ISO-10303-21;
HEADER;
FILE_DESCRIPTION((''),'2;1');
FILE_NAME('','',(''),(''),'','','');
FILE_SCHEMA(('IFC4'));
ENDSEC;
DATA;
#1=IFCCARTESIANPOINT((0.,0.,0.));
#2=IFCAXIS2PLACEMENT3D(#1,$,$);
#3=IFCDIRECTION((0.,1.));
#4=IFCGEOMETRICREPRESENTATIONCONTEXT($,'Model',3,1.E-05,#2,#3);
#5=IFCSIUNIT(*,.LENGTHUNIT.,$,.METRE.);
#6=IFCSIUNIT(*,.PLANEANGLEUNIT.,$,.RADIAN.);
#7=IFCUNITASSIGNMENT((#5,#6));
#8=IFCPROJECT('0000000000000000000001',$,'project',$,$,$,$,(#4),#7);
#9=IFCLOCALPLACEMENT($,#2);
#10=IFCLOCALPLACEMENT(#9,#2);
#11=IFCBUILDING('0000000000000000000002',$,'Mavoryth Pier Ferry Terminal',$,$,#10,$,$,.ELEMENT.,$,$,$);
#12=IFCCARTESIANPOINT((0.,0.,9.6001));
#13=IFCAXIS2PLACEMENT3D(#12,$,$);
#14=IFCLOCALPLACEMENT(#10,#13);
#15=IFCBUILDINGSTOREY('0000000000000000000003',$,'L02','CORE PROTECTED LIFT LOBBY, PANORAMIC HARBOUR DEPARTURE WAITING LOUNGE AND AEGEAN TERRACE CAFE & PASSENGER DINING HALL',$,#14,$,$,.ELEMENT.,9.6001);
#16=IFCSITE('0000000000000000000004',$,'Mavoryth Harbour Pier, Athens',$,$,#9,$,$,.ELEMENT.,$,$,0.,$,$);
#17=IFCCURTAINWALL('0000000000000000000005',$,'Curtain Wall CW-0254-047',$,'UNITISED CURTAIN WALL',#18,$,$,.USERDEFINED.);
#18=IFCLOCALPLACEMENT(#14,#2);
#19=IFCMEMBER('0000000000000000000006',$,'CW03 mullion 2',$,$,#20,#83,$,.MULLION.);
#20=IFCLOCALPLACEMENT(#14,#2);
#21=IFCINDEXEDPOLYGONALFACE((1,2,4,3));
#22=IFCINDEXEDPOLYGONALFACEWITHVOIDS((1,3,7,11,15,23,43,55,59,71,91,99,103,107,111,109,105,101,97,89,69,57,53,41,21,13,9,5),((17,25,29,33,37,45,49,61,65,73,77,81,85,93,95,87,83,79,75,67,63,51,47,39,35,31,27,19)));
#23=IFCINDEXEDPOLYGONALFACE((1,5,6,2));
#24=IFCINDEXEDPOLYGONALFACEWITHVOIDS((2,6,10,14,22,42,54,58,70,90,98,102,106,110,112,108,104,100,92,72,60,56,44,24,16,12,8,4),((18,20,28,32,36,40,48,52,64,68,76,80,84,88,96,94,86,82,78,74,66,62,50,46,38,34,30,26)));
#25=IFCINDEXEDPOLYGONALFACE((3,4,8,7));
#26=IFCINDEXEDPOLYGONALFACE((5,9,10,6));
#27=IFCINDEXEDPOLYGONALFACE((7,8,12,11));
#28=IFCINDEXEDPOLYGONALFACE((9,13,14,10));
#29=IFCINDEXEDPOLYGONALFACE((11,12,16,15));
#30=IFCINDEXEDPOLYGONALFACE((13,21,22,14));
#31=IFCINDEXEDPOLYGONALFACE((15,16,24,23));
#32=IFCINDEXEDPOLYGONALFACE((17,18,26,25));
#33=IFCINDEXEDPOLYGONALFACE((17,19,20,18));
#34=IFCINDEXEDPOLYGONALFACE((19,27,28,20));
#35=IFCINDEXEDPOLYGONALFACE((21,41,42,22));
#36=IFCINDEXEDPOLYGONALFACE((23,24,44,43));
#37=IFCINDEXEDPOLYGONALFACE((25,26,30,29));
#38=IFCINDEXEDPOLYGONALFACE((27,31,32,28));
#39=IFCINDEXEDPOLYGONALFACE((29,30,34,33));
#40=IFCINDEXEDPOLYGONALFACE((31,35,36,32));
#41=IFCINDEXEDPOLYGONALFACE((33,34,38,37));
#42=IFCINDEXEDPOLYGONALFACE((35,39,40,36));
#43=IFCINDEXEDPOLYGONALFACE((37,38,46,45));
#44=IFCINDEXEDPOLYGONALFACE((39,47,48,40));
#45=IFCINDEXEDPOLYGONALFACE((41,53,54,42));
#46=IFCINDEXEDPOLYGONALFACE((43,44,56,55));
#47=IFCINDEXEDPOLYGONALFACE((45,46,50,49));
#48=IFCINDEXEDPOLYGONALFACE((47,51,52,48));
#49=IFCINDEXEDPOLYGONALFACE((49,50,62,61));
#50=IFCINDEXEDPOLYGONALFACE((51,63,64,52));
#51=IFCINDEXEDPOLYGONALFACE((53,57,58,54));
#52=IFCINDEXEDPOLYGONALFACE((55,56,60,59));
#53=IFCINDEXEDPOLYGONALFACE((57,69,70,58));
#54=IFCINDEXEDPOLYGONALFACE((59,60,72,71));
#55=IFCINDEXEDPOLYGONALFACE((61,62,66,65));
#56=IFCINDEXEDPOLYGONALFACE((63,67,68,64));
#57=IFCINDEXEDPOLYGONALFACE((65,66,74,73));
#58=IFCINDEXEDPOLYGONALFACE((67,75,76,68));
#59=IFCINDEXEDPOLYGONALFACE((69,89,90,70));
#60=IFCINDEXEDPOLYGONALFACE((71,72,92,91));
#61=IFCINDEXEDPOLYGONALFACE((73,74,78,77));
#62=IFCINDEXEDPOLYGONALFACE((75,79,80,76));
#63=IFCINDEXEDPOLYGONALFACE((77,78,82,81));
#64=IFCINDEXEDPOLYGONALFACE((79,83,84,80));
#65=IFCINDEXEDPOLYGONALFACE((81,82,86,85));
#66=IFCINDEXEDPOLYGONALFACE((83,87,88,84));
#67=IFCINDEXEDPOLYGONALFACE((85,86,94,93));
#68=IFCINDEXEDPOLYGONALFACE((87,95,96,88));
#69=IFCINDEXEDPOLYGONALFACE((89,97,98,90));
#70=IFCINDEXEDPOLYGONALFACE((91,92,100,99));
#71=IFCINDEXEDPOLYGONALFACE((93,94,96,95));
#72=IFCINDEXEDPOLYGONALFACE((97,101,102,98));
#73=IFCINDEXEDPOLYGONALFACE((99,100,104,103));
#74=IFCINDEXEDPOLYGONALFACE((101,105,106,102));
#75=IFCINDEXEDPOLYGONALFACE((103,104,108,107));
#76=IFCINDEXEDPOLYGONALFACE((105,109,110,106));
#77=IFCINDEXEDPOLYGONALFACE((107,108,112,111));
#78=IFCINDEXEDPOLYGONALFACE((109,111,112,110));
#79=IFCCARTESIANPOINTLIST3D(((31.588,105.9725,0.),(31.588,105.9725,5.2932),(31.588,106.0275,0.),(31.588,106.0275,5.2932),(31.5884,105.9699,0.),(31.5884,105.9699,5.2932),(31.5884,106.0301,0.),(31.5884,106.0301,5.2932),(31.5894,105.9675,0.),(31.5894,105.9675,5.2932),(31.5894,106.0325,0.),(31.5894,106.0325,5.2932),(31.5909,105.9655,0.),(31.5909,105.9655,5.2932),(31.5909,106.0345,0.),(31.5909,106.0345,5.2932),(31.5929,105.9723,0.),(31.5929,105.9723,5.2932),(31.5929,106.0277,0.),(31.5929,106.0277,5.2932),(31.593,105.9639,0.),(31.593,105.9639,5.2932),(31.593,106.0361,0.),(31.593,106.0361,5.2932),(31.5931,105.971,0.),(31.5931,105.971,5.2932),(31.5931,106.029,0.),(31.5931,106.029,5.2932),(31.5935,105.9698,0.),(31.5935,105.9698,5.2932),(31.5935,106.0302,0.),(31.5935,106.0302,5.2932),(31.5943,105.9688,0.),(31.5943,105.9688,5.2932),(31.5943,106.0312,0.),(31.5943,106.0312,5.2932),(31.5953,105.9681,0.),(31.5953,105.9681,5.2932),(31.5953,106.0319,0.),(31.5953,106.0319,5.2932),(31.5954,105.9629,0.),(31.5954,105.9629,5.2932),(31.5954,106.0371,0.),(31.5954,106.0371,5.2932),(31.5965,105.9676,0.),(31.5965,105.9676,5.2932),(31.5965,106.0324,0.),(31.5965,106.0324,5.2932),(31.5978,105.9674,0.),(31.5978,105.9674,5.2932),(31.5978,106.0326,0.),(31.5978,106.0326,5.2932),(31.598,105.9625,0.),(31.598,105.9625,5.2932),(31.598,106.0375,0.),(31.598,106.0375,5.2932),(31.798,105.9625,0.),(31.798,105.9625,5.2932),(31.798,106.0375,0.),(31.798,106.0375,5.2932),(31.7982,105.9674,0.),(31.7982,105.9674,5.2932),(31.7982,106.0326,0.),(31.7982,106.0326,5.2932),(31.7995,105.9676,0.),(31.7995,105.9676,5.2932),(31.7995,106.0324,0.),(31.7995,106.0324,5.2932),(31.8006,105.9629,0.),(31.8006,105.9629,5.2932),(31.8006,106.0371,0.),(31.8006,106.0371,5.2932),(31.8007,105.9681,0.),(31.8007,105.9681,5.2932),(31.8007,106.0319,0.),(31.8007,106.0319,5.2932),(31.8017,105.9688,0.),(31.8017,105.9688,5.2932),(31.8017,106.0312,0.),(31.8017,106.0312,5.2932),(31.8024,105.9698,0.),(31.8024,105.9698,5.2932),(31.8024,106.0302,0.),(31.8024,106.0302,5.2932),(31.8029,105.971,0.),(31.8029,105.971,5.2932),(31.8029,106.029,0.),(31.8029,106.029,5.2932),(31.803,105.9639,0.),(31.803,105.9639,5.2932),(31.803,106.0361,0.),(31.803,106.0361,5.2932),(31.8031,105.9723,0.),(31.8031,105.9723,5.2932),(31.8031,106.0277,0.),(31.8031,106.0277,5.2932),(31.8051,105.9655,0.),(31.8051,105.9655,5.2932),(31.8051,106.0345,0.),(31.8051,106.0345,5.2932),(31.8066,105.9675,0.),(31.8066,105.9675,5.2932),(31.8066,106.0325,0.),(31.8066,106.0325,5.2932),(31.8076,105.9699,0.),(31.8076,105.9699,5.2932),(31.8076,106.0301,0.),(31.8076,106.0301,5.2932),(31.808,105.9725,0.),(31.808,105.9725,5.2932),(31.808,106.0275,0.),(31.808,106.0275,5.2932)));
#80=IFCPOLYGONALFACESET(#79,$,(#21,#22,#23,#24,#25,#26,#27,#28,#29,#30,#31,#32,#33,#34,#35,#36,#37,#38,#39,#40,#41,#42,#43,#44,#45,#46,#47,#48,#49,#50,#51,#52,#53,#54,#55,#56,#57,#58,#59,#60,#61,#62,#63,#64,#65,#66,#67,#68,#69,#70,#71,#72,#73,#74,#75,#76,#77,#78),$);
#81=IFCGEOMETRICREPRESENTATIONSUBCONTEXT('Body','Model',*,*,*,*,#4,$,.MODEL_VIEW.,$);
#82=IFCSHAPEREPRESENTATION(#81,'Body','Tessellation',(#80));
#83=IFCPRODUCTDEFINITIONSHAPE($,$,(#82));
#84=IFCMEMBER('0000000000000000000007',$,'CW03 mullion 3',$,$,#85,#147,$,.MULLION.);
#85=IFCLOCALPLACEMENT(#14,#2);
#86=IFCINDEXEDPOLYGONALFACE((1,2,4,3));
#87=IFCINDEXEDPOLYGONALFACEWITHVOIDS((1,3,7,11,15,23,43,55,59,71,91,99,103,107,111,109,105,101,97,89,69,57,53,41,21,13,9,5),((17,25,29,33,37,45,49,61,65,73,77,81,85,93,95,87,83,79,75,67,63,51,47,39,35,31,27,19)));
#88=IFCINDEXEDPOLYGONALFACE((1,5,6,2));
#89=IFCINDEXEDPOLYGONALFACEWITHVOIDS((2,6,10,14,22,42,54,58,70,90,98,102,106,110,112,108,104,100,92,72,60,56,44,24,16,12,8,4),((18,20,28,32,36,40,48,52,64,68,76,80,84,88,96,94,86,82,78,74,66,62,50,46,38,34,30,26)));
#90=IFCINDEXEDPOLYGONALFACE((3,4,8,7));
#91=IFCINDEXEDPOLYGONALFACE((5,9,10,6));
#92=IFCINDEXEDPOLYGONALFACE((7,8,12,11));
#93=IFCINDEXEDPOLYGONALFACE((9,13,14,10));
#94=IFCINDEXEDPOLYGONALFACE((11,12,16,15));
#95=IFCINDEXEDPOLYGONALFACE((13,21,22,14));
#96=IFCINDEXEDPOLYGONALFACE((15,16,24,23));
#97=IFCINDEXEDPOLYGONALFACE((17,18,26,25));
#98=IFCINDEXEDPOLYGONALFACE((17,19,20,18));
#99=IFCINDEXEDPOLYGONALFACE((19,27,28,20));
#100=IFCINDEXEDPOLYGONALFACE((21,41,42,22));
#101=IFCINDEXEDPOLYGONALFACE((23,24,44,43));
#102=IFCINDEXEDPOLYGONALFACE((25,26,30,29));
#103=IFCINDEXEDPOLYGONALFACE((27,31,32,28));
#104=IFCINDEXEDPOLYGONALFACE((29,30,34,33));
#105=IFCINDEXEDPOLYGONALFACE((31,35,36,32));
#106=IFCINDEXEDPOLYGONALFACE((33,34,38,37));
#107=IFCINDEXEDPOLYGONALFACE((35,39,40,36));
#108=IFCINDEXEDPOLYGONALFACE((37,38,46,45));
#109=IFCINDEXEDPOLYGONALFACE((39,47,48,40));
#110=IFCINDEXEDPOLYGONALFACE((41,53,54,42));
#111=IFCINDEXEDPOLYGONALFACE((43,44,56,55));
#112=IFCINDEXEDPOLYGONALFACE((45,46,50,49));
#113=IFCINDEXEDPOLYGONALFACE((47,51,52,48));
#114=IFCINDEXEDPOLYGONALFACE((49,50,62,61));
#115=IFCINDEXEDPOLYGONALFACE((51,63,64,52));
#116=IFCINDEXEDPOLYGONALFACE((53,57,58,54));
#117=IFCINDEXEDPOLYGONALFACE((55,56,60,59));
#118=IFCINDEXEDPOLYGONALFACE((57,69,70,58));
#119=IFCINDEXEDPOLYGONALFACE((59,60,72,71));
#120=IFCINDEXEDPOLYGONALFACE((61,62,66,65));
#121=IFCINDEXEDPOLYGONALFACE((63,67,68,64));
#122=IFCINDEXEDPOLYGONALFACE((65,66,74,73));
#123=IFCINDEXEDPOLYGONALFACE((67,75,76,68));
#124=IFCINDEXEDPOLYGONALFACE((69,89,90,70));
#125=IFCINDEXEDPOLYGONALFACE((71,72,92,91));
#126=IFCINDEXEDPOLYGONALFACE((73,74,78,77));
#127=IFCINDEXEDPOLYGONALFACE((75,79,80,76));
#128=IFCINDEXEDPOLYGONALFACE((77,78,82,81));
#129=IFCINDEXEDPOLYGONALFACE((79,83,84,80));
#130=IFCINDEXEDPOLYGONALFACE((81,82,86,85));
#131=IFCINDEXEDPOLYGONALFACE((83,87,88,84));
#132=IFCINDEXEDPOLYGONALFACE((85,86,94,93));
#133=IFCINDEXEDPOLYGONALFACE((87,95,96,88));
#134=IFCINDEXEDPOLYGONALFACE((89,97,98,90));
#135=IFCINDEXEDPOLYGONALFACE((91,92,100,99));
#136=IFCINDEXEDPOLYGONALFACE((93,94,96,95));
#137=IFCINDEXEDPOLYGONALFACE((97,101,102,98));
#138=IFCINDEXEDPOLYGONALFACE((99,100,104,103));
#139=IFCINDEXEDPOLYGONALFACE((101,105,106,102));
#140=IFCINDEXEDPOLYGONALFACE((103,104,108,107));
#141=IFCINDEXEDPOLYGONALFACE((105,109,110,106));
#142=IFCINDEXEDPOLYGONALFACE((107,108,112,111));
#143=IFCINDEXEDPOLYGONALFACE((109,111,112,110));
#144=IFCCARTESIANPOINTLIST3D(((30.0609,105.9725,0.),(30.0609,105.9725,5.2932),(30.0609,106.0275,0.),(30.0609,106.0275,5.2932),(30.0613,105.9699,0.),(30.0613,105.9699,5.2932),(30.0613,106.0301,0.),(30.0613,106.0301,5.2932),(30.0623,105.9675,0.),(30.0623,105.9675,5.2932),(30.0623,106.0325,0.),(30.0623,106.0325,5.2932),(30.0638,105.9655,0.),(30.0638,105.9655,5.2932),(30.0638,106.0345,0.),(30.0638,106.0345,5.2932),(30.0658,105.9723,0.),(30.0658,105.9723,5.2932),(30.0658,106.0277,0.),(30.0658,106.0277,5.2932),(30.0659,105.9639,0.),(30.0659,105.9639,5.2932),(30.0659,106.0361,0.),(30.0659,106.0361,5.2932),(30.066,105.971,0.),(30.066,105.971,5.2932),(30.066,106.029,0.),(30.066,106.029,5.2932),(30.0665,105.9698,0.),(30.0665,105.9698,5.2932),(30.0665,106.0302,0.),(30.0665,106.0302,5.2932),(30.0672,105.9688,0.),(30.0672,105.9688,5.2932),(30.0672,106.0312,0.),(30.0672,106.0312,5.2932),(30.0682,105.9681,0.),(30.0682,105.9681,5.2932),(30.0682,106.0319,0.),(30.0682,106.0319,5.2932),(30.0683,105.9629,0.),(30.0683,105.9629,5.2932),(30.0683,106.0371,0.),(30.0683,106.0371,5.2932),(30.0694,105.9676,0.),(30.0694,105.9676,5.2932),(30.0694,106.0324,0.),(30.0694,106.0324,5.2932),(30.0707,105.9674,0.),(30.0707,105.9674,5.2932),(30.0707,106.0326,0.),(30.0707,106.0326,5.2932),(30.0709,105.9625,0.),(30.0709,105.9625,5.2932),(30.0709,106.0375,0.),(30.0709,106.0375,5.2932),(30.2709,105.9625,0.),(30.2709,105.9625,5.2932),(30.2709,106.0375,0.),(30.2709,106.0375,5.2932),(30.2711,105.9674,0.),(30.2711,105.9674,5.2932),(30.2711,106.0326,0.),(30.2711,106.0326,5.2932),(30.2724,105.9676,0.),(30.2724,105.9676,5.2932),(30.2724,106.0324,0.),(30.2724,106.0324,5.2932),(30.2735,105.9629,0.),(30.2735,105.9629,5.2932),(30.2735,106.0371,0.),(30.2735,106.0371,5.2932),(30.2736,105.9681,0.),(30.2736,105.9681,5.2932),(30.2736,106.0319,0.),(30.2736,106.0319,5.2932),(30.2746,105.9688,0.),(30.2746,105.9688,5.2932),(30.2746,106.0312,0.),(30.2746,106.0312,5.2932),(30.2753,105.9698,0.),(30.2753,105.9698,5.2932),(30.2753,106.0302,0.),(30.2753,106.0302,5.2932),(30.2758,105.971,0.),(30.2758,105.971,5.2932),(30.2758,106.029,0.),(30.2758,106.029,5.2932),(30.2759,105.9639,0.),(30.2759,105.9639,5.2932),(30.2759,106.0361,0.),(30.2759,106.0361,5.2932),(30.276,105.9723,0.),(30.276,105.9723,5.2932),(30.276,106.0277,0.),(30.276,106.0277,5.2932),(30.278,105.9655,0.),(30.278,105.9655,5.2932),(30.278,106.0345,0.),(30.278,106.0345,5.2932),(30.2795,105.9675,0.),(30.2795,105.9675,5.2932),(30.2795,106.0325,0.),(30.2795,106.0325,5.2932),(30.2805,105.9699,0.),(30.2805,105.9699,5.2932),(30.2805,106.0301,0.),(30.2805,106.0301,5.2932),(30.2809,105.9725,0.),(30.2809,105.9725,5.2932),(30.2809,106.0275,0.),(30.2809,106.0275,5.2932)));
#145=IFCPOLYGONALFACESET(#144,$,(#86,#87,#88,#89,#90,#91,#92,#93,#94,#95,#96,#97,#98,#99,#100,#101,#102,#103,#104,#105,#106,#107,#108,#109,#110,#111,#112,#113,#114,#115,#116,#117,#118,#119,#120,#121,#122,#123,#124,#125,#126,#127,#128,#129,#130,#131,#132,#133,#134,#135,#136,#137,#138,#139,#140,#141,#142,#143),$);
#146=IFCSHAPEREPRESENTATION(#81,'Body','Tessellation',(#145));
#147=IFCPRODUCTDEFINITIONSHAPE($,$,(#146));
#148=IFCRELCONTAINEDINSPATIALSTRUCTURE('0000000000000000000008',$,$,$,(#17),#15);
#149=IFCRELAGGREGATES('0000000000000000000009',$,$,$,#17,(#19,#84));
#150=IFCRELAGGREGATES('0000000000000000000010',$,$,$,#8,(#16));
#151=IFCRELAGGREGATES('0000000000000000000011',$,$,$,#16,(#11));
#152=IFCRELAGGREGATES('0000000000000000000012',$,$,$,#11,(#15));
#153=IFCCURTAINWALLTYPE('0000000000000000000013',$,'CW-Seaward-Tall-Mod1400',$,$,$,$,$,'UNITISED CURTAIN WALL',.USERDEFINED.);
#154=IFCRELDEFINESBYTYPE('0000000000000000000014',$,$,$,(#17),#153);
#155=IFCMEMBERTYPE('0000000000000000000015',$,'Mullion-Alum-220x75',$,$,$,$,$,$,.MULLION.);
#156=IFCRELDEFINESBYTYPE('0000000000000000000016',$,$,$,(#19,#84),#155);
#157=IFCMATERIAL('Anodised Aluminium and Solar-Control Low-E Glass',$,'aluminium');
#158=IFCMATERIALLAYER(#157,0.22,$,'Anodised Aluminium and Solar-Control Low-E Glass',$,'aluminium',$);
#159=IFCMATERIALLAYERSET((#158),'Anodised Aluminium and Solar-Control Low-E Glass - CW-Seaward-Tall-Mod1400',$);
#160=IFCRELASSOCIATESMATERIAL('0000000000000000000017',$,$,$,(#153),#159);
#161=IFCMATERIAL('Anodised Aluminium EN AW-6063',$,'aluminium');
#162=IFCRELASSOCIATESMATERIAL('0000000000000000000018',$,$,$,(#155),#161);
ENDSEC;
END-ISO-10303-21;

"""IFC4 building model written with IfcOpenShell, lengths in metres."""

from ifc_helpers import new_model, si_unit, direction, frame, origin, origin_2d, place, context, subcontext, project, spatial, hollow_rectangle, extrude, material, layer, layer_set, material_profile, profile_set, type_object, element, aggregate, save


model = new_model("IFC4")

# Units and contexts
model_context = context("Model", 3, precision=1e-05, world=origin(), true_north=direction((0.0, 1.0)))
body_context = subcontext(model_context, "Body", "Model", "MODEL_VIEW")
ifc_project = project(units=[si_unit("LENGTHUNIT", "METRE"), si_unit("PLANEANGLEUNIT", "RADIAN")], contexts=[model_context])

# Site, building, storey
site_placement = place(None, origin())
site = spatial("IfcSite", under=ifc_project, at=site_placement, Name="Mavoryth Harbour Pier, Athens", CompositionType="ELEMENT", RefElevation=0.0)
building_placement = place(site_placement, origin())
building = spatial("IfcBuilding", under=site, at=building_placement, Name="Mavoryth Pier Ferry Terminal", CompositionType="ELEMENT")
storey_placement = place(building_placement, frame((0.0, 0.0, 9.6001)))
storey = spatial("IfcBuildingStorey", under=building, at=storey_placement, Name="L02", Description="CORE PROTECTED LIFT LOBBY, PANORAMIC HARBOUR DEPARTURE WAITING LOUNGE AND AEGEAN TERRACE CAFE & PASSENGER DINING HALL", CompositionType="ELEMENT", Elevation=9.6001)

# Curtain wall, members
ifc_material_1 = material(Name="Anodised Aluminium and Solar-Control Low-E Glass", Category="aluminium")
ifc_layer_1 = layer(ifc_material_1, 0.22, Name="Anodised Aluminium and Solar-Control Low-E Glass", Category="aluminium")
ifc_layer_set_1 = layer_set([ifc_layer_1], Name="Anodised Aluminium and Solar-Control Low-E Glass - CW-Seaward-Tall-Mod1400")
curtain_wall_type = type_object("IfcCurtainWallType", Name="CW-Seaward-Tall-Mod1400", ElementType="UNITISED CURTAIN WALL", PredefinedType="USERDEFINED", material=ifc_layer_set_1)
curtain_wall_placement = place(storey_placement, origin())
curtain_wall = element("IfcCurtainWall", 1, at=curtain_wall_placement, inside=storey, type_object=curtain_wall_type, Name="Curtain Wall CW-0254-047", ObjectType="UNITISED CURTAIN WALL", PredefinedType="USERDEFINED")
ifc_material_2 = material(Name="Anodised Aluminium EN AW-6063", Category="aluminium")
ifc_material_profile_1 = material_profile(ifc_material_2, hollow_rectangle(XDim=0.075, YDim=0.22, WallThickness=0.0049, InnerFilletRadius=0.0049, OuterFilletRadius=0.01, at=origin_2d()), Name="AL-MULL 220x75x5", Category="aluminium")
ifc_profile_set_1 = profile_set([ifc_material_profile_1], Name="Anodised Aluminium EN AW-6063 - AL-MULL 220x75x5")
member_type_1 = type_object("IfcMemberType", Name="Mullion-Alum-220x75", PredefinedType="MULLION", material=ifc_profile_set_1)
member_1_placement = place(storey_placement, frame((31.698, 106.0, 0.0), z_axis=(0.0, 0.0, 1.0), x_axis=(0.0, -1.0, 0.0)))
member_1 = element("IfcMember", 2, at=member_1_placement, type_object=member_type_1, Name="CW03 mullion 2", PredefinedType="MULLION", context=body_context, shape_type="SweptSolid", body=[
    extrude(hollow_rectangle(XDim=0.075, YDim=0.22, WallThickness=0.0049, InnerFilletRadius=0.0049, OuterFilletRadius=0.01, at=origin_2d()), origin(), (0.0, 0.0, 1.0), 5.2932),
])
member_2_placement = place(storey_placement, frame((30.1709, 106.0, 0.0), z_axis=(0.0, 0.0, 1.0), x_axis=(0.0, -1.0, 0.0)))
member_2 = element("IfcMember", 3, at=member_2_placement, type_object=member_type_1, Name="CW03 mullion 3", PredefinedType="MULLION", context=body_context, shape_type="SweptSolid", body=[
    extrude(hollow_rectangle(XDim=0.075, YDim=0.22, WallThickness=0.0049, InnerFilletRadius=0.0049, OuterFilletRadius=0.01, at=origin_2d()), origin(), (0.0, 0.0, 1.0), 5.2932),
])

aggregate(curtain_wall, [member_1, member_2])

save(model, "model.ifc")
